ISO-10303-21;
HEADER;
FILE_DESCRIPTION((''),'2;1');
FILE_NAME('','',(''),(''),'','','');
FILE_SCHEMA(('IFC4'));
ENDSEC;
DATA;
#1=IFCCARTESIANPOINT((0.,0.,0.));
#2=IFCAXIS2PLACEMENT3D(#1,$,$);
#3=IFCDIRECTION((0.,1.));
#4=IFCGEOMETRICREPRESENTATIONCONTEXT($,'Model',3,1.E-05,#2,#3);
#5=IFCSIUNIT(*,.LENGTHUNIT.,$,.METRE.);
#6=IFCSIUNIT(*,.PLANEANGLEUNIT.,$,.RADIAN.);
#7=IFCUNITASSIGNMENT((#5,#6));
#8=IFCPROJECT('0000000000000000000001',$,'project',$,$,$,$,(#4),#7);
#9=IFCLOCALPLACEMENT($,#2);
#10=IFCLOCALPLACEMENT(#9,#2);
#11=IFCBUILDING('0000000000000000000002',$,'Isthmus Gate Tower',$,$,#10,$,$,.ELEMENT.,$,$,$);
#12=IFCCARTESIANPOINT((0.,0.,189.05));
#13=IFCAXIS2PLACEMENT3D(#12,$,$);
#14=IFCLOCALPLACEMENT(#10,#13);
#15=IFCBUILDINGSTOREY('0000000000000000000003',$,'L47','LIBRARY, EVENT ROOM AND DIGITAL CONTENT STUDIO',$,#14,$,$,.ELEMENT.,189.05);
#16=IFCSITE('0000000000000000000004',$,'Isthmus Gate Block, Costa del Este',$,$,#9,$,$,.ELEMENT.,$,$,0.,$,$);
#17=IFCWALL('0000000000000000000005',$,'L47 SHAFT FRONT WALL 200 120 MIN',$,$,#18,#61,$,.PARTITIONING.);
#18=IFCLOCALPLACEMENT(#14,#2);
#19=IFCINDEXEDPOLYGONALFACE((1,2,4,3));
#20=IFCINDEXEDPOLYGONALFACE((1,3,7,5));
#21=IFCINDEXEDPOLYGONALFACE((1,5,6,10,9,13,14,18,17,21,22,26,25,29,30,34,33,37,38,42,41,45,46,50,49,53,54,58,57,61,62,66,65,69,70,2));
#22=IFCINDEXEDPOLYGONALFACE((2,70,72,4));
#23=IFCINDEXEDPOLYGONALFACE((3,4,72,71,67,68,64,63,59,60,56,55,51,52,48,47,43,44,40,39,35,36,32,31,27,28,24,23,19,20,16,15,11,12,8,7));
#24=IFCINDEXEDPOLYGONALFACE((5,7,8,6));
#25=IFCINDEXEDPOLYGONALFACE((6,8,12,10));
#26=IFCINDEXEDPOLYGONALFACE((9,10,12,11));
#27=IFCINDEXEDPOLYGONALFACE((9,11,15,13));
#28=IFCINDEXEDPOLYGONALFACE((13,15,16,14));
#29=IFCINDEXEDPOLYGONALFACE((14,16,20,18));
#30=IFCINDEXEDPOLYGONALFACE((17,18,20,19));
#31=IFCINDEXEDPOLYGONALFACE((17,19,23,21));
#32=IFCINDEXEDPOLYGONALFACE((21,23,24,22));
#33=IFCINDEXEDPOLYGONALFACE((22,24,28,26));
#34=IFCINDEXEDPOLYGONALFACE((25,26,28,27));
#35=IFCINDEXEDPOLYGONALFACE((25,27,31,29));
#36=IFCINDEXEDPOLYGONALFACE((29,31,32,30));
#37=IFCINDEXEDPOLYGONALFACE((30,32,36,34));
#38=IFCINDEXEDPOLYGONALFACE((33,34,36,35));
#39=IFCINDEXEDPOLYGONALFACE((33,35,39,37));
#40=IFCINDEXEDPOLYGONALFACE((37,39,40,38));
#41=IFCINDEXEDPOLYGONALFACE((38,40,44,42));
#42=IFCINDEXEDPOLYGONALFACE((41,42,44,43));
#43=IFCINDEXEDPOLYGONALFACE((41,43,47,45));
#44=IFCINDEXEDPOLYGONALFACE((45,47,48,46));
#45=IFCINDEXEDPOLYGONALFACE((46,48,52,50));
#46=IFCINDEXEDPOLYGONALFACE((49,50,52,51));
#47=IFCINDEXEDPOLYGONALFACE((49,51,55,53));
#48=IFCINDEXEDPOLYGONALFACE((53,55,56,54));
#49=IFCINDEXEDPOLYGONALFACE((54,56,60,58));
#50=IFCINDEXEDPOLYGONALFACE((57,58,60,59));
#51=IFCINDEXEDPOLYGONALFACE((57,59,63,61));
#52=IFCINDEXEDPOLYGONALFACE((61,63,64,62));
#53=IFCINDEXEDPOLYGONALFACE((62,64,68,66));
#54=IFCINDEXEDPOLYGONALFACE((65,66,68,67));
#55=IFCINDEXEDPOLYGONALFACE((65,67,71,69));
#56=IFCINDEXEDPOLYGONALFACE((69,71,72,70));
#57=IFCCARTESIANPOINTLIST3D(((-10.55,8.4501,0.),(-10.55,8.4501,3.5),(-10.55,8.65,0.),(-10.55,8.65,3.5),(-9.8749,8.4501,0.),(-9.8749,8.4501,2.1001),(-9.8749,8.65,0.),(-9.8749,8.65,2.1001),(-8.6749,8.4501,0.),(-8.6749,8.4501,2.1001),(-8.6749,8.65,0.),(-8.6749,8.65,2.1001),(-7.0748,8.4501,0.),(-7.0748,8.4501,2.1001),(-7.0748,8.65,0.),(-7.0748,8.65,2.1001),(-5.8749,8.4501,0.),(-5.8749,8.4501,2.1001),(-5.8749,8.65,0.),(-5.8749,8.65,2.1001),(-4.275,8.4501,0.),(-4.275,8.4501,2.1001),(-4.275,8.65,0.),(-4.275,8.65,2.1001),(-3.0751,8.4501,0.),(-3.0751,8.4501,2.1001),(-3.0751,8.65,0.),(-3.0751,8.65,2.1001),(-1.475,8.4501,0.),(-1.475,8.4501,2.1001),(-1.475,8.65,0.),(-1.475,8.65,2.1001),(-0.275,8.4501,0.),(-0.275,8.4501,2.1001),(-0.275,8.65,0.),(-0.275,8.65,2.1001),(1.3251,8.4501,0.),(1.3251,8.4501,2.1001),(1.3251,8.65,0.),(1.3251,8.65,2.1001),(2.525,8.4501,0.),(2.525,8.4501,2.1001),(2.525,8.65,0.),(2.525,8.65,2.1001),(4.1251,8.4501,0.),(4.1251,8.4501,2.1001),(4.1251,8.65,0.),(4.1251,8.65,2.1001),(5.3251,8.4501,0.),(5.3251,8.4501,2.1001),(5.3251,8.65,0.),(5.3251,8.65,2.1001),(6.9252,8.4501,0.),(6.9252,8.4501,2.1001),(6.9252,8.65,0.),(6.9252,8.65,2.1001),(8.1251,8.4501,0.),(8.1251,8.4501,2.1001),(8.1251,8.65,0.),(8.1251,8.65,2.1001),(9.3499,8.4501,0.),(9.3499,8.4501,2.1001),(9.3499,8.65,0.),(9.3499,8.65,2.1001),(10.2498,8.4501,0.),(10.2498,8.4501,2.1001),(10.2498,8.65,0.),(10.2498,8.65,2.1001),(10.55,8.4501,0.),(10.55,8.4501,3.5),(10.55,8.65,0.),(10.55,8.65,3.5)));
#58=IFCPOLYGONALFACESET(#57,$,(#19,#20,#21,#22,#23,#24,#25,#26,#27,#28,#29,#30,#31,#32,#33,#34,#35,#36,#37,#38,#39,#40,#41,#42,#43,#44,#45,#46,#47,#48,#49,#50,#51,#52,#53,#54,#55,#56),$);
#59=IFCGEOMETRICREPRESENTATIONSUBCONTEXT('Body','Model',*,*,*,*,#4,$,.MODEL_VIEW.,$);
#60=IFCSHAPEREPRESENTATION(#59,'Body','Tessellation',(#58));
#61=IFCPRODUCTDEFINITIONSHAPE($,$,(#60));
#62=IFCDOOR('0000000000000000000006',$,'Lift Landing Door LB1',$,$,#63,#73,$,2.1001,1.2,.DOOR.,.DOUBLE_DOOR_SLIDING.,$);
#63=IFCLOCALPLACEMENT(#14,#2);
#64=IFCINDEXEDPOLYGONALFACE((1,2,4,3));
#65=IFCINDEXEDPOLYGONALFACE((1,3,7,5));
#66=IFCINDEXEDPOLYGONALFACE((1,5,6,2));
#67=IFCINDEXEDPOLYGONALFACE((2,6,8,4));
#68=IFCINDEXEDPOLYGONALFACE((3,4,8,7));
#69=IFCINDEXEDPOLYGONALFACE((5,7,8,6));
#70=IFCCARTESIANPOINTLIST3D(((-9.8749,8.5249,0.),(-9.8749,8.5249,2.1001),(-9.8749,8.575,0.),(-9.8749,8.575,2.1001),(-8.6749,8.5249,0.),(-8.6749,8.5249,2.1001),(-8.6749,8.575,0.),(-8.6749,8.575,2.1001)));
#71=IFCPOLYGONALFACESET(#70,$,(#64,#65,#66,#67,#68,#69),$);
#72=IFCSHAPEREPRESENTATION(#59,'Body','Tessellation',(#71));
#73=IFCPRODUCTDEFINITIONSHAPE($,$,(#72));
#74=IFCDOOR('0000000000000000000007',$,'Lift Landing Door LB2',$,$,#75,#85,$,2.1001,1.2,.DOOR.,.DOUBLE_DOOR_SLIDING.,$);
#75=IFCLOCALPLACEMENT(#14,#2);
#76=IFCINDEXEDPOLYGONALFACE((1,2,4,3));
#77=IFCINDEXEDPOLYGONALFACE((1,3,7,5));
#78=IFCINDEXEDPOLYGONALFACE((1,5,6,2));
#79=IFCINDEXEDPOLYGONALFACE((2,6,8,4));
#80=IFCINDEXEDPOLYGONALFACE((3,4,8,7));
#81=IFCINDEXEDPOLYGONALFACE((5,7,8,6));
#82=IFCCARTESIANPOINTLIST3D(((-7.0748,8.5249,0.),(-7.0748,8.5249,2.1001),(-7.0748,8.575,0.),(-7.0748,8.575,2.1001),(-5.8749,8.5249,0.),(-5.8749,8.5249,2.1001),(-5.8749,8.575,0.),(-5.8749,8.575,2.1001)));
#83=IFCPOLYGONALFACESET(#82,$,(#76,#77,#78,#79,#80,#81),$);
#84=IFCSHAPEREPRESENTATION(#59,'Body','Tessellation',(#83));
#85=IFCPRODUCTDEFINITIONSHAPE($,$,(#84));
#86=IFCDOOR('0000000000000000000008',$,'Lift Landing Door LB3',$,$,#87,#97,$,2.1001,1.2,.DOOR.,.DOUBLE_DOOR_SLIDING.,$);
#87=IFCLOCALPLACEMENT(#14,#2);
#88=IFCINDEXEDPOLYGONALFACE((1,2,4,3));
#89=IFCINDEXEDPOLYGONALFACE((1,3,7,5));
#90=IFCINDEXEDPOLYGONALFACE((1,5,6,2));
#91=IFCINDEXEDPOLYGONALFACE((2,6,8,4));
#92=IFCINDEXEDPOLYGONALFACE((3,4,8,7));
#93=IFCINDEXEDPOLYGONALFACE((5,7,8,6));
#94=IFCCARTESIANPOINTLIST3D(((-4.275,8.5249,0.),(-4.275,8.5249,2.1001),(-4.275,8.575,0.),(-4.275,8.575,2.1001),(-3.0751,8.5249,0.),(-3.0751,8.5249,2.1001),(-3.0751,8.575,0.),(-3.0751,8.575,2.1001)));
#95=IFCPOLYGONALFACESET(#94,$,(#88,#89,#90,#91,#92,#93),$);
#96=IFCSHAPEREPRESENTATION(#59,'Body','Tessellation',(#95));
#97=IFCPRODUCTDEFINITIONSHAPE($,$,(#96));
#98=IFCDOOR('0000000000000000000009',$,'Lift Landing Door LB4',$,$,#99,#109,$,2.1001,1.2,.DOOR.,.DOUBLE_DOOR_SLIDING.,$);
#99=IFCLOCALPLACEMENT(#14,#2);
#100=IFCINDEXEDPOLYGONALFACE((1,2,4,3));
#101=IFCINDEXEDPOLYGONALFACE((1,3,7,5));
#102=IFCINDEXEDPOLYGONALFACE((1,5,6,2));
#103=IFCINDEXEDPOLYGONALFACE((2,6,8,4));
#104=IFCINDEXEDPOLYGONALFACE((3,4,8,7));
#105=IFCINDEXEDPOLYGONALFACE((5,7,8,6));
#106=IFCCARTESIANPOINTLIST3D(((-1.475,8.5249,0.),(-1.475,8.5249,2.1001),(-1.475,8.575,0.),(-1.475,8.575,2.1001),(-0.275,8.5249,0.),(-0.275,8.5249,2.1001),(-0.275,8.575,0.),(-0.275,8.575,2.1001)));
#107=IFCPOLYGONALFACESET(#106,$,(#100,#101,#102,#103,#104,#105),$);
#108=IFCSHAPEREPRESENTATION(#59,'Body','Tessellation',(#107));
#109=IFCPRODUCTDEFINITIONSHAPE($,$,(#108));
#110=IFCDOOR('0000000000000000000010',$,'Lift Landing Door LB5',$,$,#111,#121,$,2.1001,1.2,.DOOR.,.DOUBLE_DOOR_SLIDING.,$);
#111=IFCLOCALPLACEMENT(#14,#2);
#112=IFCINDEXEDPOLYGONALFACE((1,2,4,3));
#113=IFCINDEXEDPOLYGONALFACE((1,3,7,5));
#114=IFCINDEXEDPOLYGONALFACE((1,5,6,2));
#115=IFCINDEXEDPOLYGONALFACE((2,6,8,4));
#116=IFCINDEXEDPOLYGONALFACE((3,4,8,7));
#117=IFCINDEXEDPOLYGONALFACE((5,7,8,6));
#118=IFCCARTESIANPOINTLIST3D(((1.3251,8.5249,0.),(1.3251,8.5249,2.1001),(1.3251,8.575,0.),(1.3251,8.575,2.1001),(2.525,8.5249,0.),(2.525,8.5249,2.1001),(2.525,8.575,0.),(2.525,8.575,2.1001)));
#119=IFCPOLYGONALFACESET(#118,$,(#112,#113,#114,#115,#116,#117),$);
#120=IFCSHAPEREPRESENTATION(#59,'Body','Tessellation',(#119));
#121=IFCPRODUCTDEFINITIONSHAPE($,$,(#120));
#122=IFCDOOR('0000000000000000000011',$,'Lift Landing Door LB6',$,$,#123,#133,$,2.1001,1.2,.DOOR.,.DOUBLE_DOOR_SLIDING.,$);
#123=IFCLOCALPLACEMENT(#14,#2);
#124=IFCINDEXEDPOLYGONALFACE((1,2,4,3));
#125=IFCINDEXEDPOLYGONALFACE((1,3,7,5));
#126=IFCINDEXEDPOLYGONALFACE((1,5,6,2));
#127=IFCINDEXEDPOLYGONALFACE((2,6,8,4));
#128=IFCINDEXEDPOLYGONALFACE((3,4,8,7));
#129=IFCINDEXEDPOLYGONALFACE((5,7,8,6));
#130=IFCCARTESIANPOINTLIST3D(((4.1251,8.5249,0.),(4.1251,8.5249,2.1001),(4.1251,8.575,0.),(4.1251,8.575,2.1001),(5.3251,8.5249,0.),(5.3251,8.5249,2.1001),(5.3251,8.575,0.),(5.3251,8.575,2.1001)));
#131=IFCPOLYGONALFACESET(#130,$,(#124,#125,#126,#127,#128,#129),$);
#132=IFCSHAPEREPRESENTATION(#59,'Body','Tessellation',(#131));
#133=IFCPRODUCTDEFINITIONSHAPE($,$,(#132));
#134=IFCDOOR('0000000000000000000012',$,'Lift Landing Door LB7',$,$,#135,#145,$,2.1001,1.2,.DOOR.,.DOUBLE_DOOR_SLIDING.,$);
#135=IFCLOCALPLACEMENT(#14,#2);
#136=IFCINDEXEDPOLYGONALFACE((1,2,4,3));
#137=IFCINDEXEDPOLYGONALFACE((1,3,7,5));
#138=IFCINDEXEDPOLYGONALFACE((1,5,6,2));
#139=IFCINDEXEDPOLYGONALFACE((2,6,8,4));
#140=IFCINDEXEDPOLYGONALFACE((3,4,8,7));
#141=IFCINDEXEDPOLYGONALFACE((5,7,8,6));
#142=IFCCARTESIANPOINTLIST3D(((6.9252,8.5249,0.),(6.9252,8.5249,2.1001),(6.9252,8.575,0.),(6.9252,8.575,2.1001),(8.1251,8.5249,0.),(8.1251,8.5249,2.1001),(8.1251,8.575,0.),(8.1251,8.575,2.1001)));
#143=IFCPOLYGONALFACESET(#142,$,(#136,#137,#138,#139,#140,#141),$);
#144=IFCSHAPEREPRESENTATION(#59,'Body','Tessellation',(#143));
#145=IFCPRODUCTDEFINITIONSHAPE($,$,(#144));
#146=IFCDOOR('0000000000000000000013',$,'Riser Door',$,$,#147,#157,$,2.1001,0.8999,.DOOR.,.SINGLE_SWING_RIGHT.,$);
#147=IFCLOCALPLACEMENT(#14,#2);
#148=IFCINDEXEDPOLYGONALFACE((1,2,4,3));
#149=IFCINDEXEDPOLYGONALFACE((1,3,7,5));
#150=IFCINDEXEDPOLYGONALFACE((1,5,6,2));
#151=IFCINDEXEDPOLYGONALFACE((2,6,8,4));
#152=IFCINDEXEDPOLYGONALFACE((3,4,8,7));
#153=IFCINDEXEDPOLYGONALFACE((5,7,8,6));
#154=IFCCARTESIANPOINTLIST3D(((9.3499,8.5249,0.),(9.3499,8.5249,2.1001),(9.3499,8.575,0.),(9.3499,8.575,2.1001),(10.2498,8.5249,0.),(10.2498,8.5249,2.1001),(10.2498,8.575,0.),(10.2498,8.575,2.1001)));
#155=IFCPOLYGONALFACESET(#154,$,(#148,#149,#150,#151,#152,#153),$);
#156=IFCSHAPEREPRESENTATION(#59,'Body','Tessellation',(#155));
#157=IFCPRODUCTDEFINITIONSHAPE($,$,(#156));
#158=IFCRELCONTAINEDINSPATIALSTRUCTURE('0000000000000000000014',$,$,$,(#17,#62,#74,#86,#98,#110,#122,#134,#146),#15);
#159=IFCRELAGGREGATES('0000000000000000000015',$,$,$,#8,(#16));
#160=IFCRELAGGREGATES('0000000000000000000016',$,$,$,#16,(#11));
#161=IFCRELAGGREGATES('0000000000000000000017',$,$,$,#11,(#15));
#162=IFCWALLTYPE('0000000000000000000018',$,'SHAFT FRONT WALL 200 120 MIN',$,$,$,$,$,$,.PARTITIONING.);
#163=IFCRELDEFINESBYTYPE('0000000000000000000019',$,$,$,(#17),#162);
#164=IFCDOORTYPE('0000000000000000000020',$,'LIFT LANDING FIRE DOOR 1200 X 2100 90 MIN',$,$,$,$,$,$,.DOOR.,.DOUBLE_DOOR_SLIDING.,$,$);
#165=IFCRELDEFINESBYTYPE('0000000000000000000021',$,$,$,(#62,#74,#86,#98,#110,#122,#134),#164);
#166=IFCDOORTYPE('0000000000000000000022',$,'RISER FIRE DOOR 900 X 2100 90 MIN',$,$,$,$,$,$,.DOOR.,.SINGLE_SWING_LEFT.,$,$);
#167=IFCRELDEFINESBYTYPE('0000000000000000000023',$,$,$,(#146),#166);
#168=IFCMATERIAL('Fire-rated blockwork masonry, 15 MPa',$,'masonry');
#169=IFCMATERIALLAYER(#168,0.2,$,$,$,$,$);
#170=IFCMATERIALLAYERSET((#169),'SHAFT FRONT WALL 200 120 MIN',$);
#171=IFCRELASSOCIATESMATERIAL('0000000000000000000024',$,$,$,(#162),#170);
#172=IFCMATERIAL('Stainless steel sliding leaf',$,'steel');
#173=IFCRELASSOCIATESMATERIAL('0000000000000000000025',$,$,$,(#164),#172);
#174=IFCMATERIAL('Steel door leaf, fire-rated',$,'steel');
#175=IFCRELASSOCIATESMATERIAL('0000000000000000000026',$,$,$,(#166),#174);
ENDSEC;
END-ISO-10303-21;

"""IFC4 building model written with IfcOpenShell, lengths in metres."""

from ifc_helpers import new_model, si_unit, direction, frame, frame_2d, origin, place, context, subcontext, project, spatial, rectangle, extrude, material, layer, layer_set, type_object, element, fill, save


model = new_model("IFC4")

# Units and contexts
model_context = context("Model", 3, precision=1e-05, world=origin(), true_north=direction((0.0, 1.0)))
body_context = subcontext(model_context, "Body", "Model", "MODEL_VIEW")
ifc_project = project(units=[si_unit("LENGTHUNIT", "METRE"), si_unit("PLANEANGLEUNIT", "RADIAN")], contexts=[model_context])

# Site, building, storey
site_placement = place(None, origin())
site = spatial("IfcSite", under=ifc_project, at=site_placement, Name="Isthmus Gate Block, Costa del Este", CompositionType="ELEMENT", RefElevation=0.0)
building_placement = place(site_placement, origin())
building = spatial("IfcBuilding", under=site, at=building_placement, Name="Isthmus Gate Tower", CompositionType="ELEMENT")
storey_placement = place(building_placement, frame((0.0, 0.0, 189.05)))
storey = spatial("IfcBuildingStorey", under=building, at=storey_placement, Name="L47", Description="LIBRARY, EVENT ROOM AND DIGITAL CONTENT STUDIO", CompositionType="ELEMENT", Elevation=189.05)

# Wall, openings, doors
ifc_material_1 = material(Name="Fire-rated blockwork masonry, 15 MPa", Category="masonry")
ifc_layer_1 = layer(ifc_material_1, 0.2)
ifc_layer_set_1 = layer_set([ifc_layer_1], Name="SHAFT FRONT WALL 200 120 MIN")
wall_type_1 = type_object("IfcWallType", Name="SHAFT FRONT WALL 200 120 MIN", PredefinedType="PARTITIONING", material=ifc_layer_set_1)
wall_1_placement = place(storey_placement, frame((-10.55, 8.55, 0.0), z_axis=(0.0, 0.0, 1.0), x_axis=(1.0, 0.0, 0.0)))
wall_1 = element("IfcWall", 1, at=wall_1_placement, inside=storey, type_object=wall_type_1, Name="L47 SHAFT FRONT WALL 200 120 MIN", PredefinedType="PARTITIONING", context=body_context, shape_type="SweptSolid", body=[
    extrude(rectangle(XDim=21.1001, YDim=0.2, at=frame_2d((10.55, 0.0))), origin(), (0.0, 0.0, 1.0), 3.5),
])
opening_1_placement = place(wall_1_placement, frame((0.675, 0.0, 0.0)))
opening_1 = element("IfcOpeningElement", 2, at=opening_1_placement, cuts=wall_1, PredefinedType="OPENING", context=body_context, shape_type="SweptSolid", body=[
    extrude(rectangle(XDim=1.2, YDim=2.1001, at=frame_2d((0.6001, 1.05))), frame((0.0, 0.1099, 0.0), z_axis=(0.0, -1.0, 0.0), x_axis=(1.0, 0.0, 0.0)), (0.0, 0.0, 1.0), 0.22),
])
opening_2_placement = place(wall_1_placement, frame((3.4751, 0.0, 0.0)))
opening_2 = element("IfcOpeningElement", 3, at=opening_2_placement, cuts=wall_1, PredefinedType="OPENING", context=body_context, shape_type="SweptSolid", body=[
    extrude(rectangle(XDim=1.2, YDim=2.1001, at=frame_2d((0.6001, 1.05))), frame((0.0, 0.1099, 0.0), z_axis=(0.0, -1.0, 0.0), x_axis=(1.0, 0.0, 0.0)), (0.0, 0.0, 1.0), 0.22),
])
opening_3_placement = place(wall_1_placement, frame((6.2749, 0.0, 0.0)))
opening_3 = element("IfcOpeningElement", 4, at=opening_3_placement, cuts=wall_1, PredefinedType="OPENING", context=body_context, shape_type="SweptSolid", body=[
    extrude(rectangle(XDim=1.2, YDim=2.1001, at=frame_2d((0.6001, 1.05))), frame((0.0, 0.1099, 0.0), z_axis=(0.0, -1.0, 0.0), x_axis=(1.0, 0.0, 0.0)), (0.0, 0.0, 1.0), 0.22),
])
opening_4_placement = place(wall_1_placement, frame((9.075, 0.0, 0.0)))
opening_4 = element("IfcOpeningElement", 5, at=opening_4_placement, cuts=wall_1, PredefinedType="OPENING", context=body_context, shape_type="SweptSolid", body=[
    extrude(rectangle(XDim=1.2, YDim=2.1001, at=frame_2d((0.6001, 1.05))), frame((0.0, 0.1099, 0.0), z_axis=(0.0, -1.0, 0.0), x_axis=(1.0, 0.0, 0.0)), (0.0, 0.0, 1.0), 0.22),
])
opening_5_placement = place(wall_1_placement, frame((11.875, 0.0, 0.0)))
opening_5 = element("IfcOpeningElement", 6, at=opening_5_placement, cuts=wall_1, PredefinedType="OPENING", context=body_context, shape_type="SweptSolid", body=[
    extrude(rectangle(XDim=1.2, YDim=2.1001, at=frame_2d((0.6001, 1.05))), frame((0.0, 0.1099, 0.0), z_axis=(0.0, -1.0, 0.0), x_axis=(1.0, 0.0, 0.0)), (0.0, 0.0, 1.0), 0.22),
])
opening_6_placement = place(wall_1_placement, frame((14.675, 0.0, 0.0)))
opening_6 = element("IfcOpeningElement", 7, at=opening_6_placement, cuts=wall_1, PredefinedType="OPENING", context=body_context, shape_type="SweptSolid", body=[
    extrude(rectangle(XDim=1.2, YDim=2.1001, at=frame_2d((0.6001, 1.05))), frame((0.0, 0.1099, 0.0), z_axis=(0.0, -1.0, 0.0), x_axis=(1.0, 0.0, 0.0)), (0.0, 0.0, 1.0), 0.22),
])
opening_7_placement = place(wall_1_placement, frame((17.4751, 0.0, 0.0)))
opening_7 = element("IfcOpeningElement", 8, at=opening_7_placement, cuts=wall_1, PredefinedType="OPENING", context=body_context, shape_type="SweptSolid", body=[
    extrude(rectangle(XDim=1.2, YDim=2.1001, at=frame_2d((0.6001, 1.05))), frame((0.0, 0.1099, 0.0), z_axis=(0.0, -1.0, 0.0), x_axis=(1.0, 0.0, 0.0)), (0.0, 0.0, 1.0), 0.22),
])
opening_8_placement = place(wall_1_placement, frame((19.8999, 0.0, 0.0)))
opening_8 = element("IfcOpeningElement", 9, at=opening_8_placement, cuts=wall_1, PredefinedType="OPENING", context=body_context, shape_type="SweptSolid", body=[
    extrude(rectangle(XDim=0.8999, YDim=2.1001, at=frame_2d((0.45, 1.05))), frame((0.0, 0.1099, 0.0), z_axis=(0.0, -1.0, 0.0), x_axis=(1.0, 0.0, 0.0)), (0.0, 0.0, 1.0), 0.22),
])
ifc_material_2 = material(Name="Stainless steel sliding leaf", Category="steel")
door_type_1 = type_object("IfcDoorType", Name="LIFT LANDING FIRE DOOR 1200 X 2100 90 MIN", OperationType="DOUBLE_DOOR_SLIDING", PredefinedType="DOOR", material=ifc_material_2)
door_1_placement = place(opening_1_placement, origin())
door_1 = element("IfcDoor", 10, at=door_1_placement, inside=storey, type_object=door_type_1, Name="Lift Landing Door LB1", OperationType="DOUBLE_DOOR_SLIDING", OverallHeight=2.1001, OverallWidth=1.2, PredefinedType="DOOR", context=body_context, shape_type="SweptSolid", body=[
    extrude(rectangle(XDim=1.2, YDim=2.1001, at=frame_2d((0.6001, 1.05))), frame((0.0, 0.0249, 0.0), z_axis=(0.0, -1.0, 0.0), x_axis=(1.0, 0.0, 0.0)), (0.0, 0.0, 1.0), 0.05),
])
fill(opening_1, door_1)
door_2_placement = place(opening_2_placement, origin())
door_2 = element("IfcDoor", 11, at=door_2_placement, inside=storey, type_object=door_type_1, Name="Lift Landing Door LB2", OperationType="DOUBLE_DOOR_SLIDING", OverallHeight=2.1001, OverallWidth=1.2, PredefinedType="DOOR", context=body_context, shape_type="SweptSolid", body=[
    extrude(rectangle(XDim=1.2, YDim=2.1001, at=frame_2d((0.6001, 1.05))), frame((0.0, 0.0249, 0.0), z_axis=(0.0, -1.0, 0.0), x_axis=(1.0, 0.0, 0.0)), (0.0, 0.0, 1.0), 0.05),
])
fill(opening_2, door_2)
door_3_placement = place(opening_3_placement, origin())
door_3 = element("IfcDoor", 12, at=door_3_placement, inside=storey, type_object=door_type_1, Name="Lift Landing Door LB3", OperationType="DOUBLE_DOOR_SLIDING", OverallHeight=2.1001, OverallWidth=1.2, PredefinedType="DOOR", context=body_context, shape_type="SweptSolid", body=[
    extrude(rectangle(XDim=1.2, YDim=2.1001, at=frame_2d((0.6001, 1.05))), frame((0.0, 0.0249, 0.0), z_axis=(0.0, -1.0, 0.0), x_axis=(1.0, 0.0, 0.0)), (0.0, 0.0, 1.0), 0.05),
])
fill(opening_3, door_3)
door_4_placement = place(opening_4_placement, origin())
door_4 = element("IfcDoor", 13, at=door_4_placement, inside=storey, type_object=door_type_1, Name="Lift Landing Door LB4", OperationType="DOUBLE_DOOR_SLIDING", OverallHeight=2.1001, OverallWidth=1.2, PredefinedType="DOOR", context=body_context, shape_type="SweptSolid", body=[
    extrude(rectangle(XDim=1.2, YDim=2.1001, at=frame_2d((0.6001, 1.05))), frame((0.0, 0.0249, 0.0), z_axis=(0.0, -1.0, 0.0), x_axis=(1.0, 0.0, 0.0)), (0.0, 0.0, 1.0), 0.05),
])
fill(opening_4, door_4)
door_5_placement = place(opening_5_placement, origin())
door_5 = element("IfcDoor", 14, at=door_5_placement, inside=storey, type_object=door_type_1, Name="Lift Landing Door LB5", OperationType="DOUBLE_DOOR_SLIDING", OverallHeight=2.1001, OverallWidth=1.2, PredefinedType="DOOR", context=body_context, shape_type="SweptSolid", body=[
    extrude(rectangle(XDim=1.2, YDim=2.1001, at=frame_2d((0.6001, 1.05))), frame((0.0, 0.0249, 0.0), z_axis=(0.0, -1.0, 0.0), x_axis=(1.0, 0.0, 0.0)), (0.0, 0.0, 1.0), 0.05),
])
fill(opening_5, door_5)
door_6_placement = place(opening_6_placement, origin())
door_6 = element("IfcDoor", 15, at=door_6_placement, inside=storey, type_object=door_type_1, Name="Lift Landing Door LB6", OperationType="DOUBLE_DOOR_SLIDING", OverallHeight=2.1001, OverallWidth=1.2, PredefinedType="DOOR", context=body_context, shape_type="SweptSolid", body=[
    extrude(rectangle(XDim=1.2, YDim=2.1001, at=frame_2d((0.6001, 1.05))), frame((0.0, 0.0249, 0.0), z_axis=(0.0, -1.0, 0.0), x_axis=(1.0, 0.0, 0.0)), (0.0, 0.0, 1.0), 0.05),
])
fill(opening_6, door_6)
door_7_placement = place(opening_7_placement, origin())
door_7 = element("IfcDoor", 16, at=door_7_placement, inside=storey, type_object=door_type_1, Name="Lift Landing Door LB7", OperationType="DOUBLE_DOOR_SLIDING", OverallHeight=2.1001, OverallWidth=1.2, PredefinedType="DOOR", context=body_context, shape_type="SweptSolid", body=[
    extrude(rectangle(XDim=1.2, YDim=2.1001, at=frame_2d((0.6001, 1.05))), frame((0.0, 0.0249, 0.0), z_axis=(0.0, -1.0, 0.0), x_axis=(1.0, 0.0, 0.0)), (0.0, 0.0, 1.0), 0.05),
])
fill(opening_7, door_7)
ifc_material_3 = material(Name="Steel door leaf, fire-rated", Category="steel")
door_type_2 = type_object("IfcDoorType", Name="RISER FIRE DOOR 900 X 2100 90 MIN", OperationType="SINGLE_SWING_LEFT", PredefinedType="DOOR", material=ifc_material_3)
door_8_placement = place(opening_8_placement, origin())
door_8 = element("IfcDoor", 17, at=door_8_placement, inside=storey, type_object=door_type_2, Name="Riser Door", OperationType="SINGLE_SWING_RIGHT", OverallHeight=2.1001, OverallWidth=0.8999, PredefinedType="DOOR", context=body_context, shape_type="SweptSolid", body=[
    extrude(rectangle(XDim=0.8999, YDim=2.1001, at=frame_2d((0.45, 1.05))), frame((0.0, 0.0249, 0.0), z_axis=(0.0, -1.0, 0.0), x_axis=(1.0, 0.0, 0.0)), (0.0, 0.0, 1.0), 0.05),
])
fill(opening_8, door_8)

save(model, "model.ifc")
